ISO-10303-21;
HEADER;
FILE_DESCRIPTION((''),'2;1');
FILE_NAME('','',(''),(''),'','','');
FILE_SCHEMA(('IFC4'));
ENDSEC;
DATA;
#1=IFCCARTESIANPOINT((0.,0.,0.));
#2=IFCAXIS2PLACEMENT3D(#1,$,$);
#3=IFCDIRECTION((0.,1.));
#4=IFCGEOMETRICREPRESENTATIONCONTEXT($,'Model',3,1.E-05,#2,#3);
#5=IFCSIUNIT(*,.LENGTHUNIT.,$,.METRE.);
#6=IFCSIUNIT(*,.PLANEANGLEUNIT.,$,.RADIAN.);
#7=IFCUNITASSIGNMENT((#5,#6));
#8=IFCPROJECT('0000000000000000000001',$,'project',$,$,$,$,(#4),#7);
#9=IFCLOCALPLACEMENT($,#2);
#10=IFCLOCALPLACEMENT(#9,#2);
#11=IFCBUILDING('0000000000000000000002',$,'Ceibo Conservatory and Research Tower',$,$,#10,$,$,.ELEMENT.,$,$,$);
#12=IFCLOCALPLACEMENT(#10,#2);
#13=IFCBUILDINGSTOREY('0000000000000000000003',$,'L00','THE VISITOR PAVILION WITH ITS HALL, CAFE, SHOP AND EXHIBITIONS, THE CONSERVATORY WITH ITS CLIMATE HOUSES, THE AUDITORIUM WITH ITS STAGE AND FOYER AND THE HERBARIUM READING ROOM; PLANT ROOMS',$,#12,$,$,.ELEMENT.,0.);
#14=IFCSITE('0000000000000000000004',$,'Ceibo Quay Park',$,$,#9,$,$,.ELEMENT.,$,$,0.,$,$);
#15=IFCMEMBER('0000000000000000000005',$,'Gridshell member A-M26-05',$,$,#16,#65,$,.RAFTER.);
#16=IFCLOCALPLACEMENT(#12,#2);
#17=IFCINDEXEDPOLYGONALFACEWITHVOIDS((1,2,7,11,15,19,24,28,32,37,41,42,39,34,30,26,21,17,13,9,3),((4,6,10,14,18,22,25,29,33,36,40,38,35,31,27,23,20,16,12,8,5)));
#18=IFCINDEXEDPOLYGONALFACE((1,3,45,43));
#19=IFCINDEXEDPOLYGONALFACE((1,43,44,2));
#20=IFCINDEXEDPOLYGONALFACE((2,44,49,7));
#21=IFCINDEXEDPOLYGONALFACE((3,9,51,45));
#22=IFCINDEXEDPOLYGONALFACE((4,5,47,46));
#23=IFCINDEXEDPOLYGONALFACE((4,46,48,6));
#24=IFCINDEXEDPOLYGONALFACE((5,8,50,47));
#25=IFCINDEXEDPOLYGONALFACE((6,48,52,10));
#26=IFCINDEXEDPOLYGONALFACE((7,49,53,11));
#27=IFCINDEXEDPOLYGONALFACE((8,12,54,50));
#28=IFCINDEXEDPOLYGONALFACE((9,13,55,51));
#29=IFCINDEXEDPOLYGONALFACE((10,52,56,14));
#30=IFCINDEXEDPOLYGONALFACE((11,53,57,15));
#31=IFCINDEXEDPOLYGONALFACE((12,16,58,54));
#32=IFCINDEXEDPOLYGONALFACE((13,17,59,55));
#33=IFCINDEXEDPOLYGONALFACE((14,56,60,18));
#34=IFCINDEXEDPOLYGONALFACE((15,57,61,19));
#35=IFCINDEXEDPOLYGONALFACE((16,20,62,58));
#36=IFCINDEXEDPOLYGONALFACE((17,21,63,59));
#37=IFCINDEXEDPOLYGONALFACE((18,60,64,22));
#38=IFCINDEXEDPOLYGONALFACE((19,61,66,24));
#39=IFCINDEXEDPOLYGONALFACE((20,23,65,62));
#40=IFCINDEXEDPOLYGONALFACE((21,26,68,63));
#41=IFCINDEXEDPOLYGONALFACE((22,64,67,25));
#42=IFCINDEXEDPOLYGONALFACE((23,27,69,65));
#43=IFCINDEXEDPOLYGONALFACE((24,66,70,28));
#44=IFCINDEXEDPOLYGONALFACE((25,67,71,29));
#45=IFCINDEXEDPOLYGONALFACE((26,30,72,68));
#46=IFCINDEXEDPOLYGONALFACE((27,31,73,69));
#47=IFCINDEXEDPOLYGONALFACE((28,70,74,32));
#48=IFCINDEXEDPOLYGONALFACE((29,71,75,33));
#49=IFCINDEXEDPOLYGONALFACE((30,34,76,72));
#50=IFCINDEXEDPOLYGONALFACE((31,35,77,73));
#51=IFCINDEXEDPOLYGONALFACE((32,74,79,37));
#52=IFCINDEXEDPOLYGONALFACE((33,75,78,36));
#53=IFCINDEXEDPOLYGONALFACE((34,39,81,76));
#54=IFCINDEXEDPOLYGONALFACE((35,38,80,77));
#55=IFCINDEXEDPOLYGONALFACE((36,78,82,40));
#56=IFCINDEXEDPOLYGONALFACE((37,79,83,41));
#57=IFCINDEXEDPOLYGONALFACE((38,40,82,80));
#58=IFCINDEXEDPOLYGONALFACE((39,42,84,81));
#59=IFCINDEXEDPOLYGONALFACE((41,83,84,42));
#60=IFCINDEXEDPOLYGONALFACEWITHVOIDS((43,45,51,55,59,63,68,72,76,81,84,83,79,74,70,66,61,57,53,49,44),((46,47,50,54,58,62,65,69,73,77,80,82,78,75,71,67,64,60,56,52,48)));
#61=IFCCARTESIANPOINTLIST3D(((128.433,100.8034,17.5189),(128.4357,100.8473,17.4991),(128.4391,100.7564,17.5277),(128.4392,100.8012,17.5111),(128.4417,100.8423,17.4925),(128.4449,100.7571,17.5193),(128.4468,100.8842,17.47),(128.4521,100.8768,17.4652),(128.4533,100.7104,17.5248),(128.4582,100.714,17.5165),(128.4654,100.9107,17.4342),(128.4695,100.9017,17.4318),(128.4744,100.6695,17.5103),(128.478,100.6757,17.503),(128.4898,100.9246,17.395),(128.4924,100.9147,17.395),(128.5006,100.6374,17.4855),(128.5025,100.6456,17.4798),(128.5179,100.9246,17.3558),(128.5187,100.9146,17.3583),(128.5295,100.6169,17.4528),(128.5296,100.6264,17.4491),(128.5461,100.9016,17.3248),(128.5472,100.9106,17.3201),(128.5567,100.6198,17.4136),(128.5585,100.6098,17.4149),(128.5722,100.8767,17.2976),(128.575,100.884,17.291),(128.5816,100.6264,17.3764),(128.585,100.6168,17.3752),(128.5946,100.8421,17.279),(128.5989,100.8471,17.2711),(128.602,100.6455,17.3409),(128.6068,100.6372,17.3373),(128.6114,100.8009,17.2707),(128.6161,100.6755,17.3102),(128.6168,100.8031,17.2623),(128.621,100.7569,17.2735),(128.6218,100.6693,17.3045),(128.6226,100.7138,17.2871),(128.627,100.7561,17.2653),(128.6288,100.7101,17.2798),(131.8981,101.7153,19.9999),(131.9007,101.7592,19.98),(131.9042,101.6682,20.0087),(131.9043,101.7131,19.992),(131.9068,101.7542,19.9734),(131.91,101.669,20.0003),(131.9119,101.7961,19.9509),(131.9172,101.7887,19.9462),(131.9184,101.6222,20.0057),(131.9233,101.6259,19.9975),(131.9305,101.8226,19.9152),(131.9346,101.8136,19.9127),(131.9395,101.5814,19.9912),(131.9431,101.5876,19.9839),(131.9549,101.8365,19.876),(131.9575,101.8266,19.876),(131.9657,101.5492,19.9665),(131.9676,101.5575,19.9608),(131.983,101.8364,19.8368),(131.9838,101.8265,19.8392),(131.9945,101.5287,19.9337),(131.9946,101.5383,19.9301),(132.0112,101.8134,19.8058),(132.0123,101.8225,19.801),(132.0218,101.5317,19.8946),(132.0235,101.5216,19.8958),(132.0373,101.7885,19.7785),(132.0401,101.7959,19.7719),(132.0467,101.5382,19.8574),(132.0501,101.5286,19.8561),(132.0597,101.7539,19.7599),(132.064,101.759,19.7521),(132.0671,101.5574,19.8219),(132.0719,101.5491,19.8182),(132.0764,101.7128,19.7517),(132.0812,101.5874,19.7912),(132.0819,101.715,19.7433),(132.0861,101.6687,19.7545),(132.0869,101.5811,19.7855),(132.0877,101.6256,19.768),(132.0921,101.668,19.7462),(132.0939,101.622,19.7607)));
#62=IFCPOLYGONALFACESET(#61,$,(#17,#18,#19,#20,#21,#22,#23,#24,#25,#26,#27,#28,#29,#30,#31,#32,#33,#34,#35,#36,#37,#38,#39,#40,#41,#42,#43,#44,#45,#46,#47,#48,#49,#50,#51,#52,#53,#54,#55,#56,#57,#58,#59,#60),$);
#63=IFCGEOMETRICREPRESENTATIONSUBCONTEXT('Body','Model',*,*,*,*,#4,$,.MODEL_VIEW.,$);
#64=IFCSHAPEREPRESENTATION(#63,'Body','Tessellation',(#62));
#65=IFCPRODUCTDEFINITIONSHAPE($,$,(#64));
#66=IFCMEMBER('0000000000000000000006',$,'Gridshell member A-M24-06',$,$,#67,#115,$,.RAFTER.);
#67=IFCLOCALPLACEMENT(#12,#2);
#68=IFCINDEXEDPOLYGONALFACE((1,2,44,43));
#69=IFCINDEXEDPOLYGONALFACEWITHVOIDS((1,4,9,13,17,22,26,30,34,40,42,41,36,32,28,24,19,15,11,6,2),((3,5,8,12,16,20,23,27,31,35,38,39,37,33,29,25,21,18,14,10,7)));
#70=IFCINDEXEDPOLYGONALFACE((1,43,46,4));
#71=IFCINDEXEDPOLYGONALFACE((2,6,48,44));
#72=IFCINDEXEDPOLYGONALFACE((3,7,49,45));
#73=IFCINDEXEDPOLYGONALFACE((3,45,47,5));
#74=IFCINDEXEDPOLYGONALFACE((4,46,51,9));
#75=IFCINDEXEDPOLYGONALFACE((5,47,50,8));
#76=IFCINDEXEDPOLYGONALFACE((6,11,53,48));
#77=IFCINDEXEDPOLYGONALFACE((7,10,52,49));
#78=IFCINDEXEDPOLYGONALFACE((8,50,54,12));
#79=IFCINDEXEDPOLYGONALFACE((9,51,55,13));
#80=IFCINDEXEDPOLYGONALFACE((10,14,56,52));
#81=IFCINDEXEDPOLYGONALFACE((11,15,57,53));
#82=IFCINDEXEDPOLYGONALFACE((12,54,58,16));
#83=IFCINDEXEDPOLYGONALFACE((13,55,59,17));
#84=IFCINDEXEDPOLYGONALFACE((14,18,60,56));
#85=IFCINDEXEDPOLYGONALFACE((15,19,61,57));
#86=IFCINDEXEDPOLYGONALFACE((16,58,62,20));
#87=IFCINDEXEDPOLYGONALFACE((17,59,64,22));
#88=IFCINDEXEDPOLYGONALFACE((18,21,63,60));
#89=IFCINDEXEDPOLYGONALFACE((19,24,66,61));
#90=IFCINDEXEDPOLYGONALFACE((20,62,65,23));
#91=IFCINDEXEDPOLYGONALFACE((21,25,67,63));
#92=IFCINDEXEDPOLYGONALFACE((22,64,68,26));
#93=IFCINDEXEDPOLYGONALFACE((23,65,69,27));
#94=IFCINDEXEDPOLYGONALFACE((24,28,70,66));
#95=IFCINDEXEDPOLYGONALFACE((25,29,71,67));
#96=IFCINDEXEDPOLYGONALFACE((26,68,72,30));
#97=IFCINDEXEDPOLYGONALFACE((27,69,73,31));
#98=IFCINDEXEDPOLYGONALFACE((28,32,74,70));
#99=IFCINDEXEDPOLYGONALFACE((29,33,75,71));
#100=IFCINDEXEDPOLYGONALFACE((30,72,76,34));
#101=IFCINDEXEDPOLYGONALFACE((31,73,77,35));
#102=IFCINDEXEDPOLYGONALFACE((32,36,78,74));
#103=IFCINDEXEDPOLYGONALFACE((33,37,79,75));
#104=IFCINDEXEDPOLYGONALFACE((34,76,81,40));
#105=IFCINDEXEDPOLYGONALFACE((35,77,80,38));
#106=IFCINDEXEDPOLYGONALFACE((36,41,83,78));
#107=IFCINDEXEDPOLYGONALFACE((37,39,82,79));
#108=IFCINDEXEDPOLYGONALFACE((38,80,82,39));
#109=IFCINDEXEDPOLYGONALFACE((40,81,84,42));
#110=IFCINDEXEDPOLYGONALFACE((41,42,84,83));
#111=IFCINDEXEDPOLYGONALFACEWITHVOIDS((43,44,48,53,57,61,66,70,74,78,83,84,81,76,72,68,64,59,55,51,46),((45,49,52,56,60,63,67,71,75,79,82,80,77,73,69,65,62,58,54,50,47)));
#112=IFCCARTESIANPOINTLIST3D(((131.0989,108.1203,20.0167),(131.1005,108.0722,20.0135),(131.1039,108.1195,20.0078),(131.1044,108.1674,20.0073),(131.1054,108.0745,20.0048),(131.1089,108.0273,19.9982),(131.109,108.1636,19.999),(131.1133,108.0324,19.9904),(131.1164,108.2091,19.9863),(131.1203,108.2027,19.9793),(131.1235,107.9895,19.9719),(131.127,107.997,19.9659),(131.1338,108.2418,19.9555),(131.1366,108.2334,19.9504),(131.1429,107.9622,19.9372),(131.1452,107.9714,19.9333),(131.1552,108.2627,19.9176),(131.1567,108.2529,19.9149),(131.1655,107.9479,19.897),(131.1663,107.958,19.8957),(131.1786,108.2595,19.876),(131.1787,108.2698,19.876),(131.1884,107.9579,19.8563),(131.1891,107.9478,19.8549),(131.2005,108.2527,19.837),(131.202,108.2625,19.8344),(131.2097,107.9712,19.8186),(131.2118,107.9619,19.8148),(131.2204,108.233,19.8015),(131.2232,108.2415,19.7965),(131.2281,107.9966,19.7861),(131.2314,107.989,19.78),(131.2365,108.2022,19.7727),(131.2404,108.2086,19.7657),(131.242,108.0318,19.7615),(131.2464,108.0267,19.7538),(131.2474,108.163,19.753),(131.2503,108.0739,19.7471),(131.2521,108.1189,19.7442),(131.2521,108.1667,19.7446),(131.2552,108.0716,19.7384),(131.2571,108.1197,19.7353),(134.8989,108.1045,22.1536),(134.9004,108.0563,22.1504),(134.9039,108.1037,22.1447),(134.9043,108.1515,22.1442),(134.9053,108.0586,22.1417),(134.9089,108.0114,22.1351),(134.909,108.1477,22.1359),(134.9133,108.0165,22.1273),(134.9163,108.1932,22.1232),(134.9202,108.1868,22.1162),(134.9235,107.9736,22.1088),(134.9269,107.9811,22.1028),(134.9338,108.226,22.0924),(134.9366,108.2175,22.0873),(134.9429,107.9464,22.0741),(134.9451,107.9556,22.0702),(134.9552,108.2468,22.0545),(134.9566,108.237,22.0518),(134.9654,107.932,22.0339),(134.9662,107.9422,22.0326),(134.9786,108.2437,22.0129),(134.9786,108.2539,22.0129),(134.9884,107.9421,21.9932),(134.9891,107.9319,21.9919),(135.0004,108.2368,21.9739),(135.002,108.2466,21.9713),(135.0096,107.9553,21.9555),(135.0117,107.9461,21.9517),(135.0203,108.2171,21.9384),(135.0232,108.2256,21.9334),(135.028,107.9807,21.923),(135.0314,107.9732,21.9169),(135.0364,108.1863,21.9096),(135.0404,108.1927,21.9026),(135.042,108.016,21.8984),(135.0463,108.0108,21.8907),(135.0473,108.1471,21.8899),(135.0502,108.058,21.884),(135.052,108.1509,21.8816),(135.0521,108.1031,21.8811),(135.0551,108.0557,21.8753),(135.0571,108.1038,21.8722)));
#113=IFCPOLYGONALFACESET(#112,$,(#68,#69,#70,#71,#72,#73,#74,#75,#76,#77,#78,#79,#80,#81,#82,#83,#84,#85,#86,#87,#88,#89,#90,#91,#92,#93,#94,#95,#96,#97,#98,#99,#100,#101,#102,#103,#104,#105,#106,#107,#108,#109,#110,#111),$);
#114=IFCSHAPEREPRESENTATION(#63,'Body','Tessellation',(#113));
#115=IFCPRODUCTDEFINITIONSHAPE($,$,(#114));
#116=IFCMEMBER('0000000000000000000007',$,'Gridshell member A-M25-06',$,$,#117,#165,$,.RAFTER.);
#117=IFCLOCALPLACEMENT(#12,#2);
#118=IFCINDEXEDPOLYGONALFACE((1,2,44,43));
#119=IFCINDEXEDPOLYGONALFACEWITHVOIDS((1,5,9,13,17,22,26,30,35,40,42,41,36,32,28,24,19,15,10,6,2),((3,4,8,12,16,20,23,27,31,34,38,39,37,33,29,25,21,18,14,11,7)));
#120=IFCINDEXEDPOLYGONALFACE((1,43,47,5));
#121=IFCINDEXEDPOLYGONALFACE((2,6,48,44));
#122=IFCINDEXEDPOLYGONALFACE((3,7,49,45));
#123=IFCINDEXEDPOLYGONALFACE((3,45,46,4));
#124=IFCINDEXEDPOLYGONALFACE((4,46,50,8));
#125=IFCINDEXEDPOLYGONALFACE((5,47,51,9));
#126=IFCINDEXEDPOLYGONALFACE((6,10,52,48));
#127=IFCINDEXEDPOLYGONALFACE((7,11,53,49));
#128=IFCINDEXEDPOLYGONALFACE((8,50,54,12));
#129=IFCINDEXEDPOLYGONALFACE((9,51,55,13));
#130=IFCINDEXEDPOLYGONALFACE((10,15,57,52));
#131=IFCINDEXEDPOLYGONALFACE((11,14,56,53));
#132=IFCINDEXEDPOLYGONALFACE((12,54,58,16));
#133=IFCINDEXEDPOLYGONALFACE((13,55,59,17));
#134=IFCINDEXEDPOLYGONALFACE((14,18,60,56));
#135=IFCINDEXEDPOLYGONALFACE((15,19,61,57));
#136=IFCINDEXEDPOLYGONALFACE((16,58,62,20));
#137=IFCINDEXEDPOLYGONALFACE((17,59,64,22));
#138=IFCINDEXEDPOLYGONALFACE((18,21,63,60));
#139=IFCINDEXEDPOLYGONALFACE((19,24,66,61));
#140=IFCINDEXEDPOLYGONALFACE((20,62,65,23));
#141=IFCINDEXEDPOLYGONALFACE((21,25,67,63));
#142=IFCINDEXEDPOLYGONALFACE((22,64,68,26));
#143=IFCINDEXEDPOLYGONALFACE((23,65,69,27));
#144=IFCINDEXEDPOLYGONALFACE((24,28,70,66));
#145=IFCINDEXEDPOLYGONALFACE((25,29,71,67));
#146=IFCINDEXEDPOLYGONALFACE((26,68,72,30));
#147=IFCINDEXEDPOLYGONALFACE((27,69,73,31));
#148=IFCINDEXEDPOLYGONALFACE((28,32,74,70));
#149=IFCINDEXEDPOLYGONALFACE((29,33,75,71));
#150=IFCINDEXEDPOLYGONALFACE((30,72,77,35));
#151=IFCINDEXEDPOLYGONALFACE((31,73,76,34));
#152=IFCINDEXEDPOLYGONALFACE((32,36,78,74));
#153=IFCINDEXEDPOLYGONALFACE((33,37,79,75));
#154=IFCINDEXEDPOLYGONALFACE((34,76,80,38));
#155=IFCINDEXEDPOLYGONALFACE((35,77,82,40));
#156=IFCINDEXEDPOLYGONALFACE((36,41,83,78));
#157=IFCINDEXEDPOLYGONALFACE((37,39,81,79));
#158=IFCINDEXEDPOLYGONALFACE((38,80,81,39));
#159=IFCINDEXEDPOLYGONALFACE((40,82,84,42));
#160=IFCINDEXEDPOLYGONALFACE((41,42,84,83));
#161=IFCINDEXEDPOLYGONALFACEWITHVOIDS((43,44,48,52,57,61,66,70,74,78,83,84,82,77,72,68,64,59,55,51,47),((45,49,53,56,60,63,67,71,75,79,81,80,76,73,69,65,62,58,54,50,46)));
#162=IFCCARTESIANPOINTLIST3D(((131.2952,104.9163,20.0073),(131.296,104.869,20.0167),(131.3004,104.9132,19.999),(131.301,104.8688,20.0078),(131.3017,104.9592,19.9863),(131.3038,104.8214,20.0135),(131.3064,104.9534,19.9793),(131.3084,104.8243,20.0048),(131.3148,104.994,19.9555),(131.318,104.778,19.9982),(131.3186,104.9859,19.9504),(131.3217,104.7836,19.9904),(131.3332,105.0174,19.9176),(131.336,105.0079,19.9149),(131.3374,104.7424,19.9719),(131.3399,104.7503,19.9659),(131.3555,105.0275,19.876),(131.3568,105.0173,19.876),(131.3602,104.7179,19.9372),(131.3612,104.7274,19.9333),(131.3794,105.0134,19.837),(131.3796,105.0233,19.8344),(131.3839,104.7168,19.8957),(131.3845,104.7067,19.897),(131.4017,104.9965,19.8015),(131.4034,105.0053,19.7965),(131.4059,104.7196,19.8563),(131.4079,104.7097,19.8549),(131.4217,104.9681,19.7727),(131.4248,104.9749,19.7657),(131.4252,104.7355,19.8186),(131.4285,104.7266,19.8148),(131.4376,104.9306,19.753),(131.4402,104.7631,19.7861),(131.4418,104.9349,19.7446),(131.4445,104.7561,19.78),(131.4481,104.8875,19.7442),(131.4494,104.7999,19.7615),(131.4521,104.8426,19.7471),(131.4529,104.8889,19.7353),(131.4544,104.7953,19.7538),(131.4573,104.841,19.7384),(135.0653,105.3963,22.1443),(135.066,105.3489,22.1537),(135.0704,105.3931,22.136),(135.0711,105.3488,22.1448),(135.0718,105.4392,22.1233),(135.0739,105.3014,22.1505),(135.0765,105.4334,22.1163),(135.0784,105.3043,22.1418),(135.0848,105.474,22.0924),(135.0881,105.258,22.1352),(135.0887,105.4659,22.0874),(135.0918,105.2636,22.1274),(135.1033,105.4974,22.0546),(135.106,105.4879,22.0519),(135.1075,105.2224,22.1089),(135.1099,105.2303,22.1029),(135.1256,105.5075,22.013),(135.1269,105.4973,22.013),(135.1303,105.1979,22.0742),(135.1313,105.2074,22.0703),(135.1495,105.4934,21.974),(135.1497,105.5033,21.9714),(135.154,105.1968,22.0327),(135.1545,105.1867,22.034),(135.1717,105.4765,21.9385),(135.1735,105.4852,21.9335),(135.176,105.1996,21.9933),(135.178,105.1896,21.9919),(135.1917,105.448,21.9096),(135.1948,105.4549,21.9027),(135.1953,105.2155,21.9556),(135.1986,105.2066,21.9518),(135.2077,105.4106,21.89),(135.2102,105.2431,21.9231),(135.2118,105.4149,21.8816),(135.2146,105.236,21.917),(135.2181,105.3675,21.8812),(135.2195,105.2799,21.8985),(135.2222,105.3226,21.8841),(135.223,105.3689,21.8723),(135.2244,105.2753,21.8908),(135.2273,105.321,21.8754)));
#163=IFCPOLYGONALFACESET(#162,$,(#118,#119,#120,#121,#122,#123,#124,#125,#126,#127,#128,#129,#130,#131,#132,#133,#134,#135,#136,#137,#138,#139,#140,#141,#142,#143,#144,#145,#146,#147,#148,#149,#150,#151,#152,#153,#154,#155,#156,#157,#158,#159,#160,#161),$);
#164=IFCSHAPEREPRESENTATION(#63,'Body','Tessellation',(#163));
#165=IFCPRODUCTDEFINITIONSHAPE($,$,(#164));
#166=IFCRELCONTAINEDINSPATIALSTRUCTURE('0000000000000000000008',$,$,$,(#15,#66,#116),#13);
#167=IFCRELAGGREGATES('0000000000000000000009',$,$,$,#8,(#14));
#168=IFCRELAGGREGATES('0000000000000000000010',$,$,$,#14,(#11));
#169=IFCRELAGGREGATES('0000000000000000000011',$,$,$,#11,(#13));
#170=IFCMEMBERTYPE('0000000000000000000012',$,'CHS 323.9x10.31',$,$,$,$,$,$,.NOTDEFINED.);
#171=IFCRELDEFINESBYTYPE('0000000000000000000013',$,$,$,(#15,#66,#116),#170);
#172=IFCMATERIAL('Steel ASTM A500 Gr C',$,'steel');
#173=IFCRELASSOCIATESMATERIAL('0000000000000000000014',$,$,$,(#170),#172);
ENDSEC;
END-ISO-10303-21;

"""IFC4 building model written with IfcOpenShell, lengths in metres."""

from ifc_helpers import new_model, si_unit, direction, frame, origin, origin_2d, place, context, subcontext, project, spatial, hollow_circle, extrude, material, material_profile, profile_set, type_object, element, save


model = new_model("IFC4")

# Units and contexts
model_context = context("Model", 3, precision=1e-05, world=origin(), true_north=direction((0.0, 1.0)))
body_context = subcontext(model_context, "Body", "Model", "MODEL_VIEW")
ifc_project = project(units=[si_unit("LENGTHUNIT", "METRE"), si_unit("PLANEANGLEUNIT", "RADIAN")], contexts=[model_context])

# Site, building, storey
site_placement = place(None, origin())
site = spatial("IfcSite", under=ifc_project, at=site_placement, Name="Ceibo Quay Park", CompositionType="ELEMENT", RefElevation=0.0)
building_placement = place(site_placement, origin())
building = spatial("IfcBuilding", under=site, at=building_placement, Name="Ceibo Conservatory and Research Tower", CompositionType="ELEMENT")
storey_placement = place(building_placement, origin())
storey = spatial("IfcBuildingStorey", under=building, at=storey_placement, Name="L00", Description="THE VISITOR PAVILION WITH ITS HALL, CAFE, SHOP AND EXHIBITIONS, THE CONSERVATORY WITH ITS CLIMATE HOUSES, THE AUDITORIUM WITH ITS STAGE AND FOYER AND THE HERBARIUM READING ROOM; PLANT ROOMS", CompositionType="ELEMENT", Elevation=0.0)

# Members
ifc_material_1 = material(Name="Steel ASTM A500 Gr C", Category="steel")
ifc_material_profile_1 = material_profile(ifc_material_1, hollow_circle(Radius=0.1619, WallThickness=0.0103, at=origin_2d()), Name="CHS 323.9x10.31")
ifc_profile_set_1 = profile_set([ifc_material_profile_1], Name="Steel ASTM A500 Gr C")
member_type_1 = type_object("IfcMemberType", Name="CHS 323.9x10.31", PredefinedType="NOTDEFINED", material=ifc_profile_set_1)
member_1_placement = place(storey_placement, frame((128.531, 100.7681, 17.395), z_axis=(0.795082, 0.209232, 0.569268), x_axis=(-0.254493, 0.967075, 0.0)))
element("IfcMember", 1, at=member_1_placement, inside=storey, type_object=member_type_1, Name="Gridshell member A-M26-05", PredefinedType="RAFTER", context=body_context, shape_type="SweptSolid", body=[
    extrude(hollow_circle(Radius=0.1619, WallThickness=0.0103, at=origin_2d()), origin(), (0.0, 0.0, 1.0), 4.3582),
])
member_2_placement = place(storey_placement, frame((131.178, 108.1079, 19.876), z_axis=(0.871625, -0.00364, 0.49016), x_axis=(0.004176, 0.999991, 0.0)))
element("IfcMember", 2, at=member_2_placement, inside=storey, type_object=member_type_1, Name="Gridshell member A-M24-06", PredefinedType="RAFTER", context=body_context, shape_type="SweptSolid", body=[
    extrude(hollow_circle(Radius=0.1619, WallThickness=0.0103, at=origin_2d()), origin(), (0.0, 0.0, 1.0), 4.3596),
])
member_3_placement = place(storey_placement, frame((131.376, 104.8669, 19.876), z_axis=(0.864673, 0.110086, 0.490123), x_axis=(-0.126296, 0.991993, 0.0)))
element("IfcMember", 3, at=member_3_placement, inside=storey, type_object=member_type_1, Name="Gridshell member A-M25-06", PredefinedType="RAFTER", context=body_context, shape_type="SweptSolid", body=[
    extrude(hollow_circle(Radius=0.1619, WallThickness=0.0103, at=origin_2d()), origin(), (0.0, 0.0, 1.0), 4.3601),
])

save(model, "model.ifc")
